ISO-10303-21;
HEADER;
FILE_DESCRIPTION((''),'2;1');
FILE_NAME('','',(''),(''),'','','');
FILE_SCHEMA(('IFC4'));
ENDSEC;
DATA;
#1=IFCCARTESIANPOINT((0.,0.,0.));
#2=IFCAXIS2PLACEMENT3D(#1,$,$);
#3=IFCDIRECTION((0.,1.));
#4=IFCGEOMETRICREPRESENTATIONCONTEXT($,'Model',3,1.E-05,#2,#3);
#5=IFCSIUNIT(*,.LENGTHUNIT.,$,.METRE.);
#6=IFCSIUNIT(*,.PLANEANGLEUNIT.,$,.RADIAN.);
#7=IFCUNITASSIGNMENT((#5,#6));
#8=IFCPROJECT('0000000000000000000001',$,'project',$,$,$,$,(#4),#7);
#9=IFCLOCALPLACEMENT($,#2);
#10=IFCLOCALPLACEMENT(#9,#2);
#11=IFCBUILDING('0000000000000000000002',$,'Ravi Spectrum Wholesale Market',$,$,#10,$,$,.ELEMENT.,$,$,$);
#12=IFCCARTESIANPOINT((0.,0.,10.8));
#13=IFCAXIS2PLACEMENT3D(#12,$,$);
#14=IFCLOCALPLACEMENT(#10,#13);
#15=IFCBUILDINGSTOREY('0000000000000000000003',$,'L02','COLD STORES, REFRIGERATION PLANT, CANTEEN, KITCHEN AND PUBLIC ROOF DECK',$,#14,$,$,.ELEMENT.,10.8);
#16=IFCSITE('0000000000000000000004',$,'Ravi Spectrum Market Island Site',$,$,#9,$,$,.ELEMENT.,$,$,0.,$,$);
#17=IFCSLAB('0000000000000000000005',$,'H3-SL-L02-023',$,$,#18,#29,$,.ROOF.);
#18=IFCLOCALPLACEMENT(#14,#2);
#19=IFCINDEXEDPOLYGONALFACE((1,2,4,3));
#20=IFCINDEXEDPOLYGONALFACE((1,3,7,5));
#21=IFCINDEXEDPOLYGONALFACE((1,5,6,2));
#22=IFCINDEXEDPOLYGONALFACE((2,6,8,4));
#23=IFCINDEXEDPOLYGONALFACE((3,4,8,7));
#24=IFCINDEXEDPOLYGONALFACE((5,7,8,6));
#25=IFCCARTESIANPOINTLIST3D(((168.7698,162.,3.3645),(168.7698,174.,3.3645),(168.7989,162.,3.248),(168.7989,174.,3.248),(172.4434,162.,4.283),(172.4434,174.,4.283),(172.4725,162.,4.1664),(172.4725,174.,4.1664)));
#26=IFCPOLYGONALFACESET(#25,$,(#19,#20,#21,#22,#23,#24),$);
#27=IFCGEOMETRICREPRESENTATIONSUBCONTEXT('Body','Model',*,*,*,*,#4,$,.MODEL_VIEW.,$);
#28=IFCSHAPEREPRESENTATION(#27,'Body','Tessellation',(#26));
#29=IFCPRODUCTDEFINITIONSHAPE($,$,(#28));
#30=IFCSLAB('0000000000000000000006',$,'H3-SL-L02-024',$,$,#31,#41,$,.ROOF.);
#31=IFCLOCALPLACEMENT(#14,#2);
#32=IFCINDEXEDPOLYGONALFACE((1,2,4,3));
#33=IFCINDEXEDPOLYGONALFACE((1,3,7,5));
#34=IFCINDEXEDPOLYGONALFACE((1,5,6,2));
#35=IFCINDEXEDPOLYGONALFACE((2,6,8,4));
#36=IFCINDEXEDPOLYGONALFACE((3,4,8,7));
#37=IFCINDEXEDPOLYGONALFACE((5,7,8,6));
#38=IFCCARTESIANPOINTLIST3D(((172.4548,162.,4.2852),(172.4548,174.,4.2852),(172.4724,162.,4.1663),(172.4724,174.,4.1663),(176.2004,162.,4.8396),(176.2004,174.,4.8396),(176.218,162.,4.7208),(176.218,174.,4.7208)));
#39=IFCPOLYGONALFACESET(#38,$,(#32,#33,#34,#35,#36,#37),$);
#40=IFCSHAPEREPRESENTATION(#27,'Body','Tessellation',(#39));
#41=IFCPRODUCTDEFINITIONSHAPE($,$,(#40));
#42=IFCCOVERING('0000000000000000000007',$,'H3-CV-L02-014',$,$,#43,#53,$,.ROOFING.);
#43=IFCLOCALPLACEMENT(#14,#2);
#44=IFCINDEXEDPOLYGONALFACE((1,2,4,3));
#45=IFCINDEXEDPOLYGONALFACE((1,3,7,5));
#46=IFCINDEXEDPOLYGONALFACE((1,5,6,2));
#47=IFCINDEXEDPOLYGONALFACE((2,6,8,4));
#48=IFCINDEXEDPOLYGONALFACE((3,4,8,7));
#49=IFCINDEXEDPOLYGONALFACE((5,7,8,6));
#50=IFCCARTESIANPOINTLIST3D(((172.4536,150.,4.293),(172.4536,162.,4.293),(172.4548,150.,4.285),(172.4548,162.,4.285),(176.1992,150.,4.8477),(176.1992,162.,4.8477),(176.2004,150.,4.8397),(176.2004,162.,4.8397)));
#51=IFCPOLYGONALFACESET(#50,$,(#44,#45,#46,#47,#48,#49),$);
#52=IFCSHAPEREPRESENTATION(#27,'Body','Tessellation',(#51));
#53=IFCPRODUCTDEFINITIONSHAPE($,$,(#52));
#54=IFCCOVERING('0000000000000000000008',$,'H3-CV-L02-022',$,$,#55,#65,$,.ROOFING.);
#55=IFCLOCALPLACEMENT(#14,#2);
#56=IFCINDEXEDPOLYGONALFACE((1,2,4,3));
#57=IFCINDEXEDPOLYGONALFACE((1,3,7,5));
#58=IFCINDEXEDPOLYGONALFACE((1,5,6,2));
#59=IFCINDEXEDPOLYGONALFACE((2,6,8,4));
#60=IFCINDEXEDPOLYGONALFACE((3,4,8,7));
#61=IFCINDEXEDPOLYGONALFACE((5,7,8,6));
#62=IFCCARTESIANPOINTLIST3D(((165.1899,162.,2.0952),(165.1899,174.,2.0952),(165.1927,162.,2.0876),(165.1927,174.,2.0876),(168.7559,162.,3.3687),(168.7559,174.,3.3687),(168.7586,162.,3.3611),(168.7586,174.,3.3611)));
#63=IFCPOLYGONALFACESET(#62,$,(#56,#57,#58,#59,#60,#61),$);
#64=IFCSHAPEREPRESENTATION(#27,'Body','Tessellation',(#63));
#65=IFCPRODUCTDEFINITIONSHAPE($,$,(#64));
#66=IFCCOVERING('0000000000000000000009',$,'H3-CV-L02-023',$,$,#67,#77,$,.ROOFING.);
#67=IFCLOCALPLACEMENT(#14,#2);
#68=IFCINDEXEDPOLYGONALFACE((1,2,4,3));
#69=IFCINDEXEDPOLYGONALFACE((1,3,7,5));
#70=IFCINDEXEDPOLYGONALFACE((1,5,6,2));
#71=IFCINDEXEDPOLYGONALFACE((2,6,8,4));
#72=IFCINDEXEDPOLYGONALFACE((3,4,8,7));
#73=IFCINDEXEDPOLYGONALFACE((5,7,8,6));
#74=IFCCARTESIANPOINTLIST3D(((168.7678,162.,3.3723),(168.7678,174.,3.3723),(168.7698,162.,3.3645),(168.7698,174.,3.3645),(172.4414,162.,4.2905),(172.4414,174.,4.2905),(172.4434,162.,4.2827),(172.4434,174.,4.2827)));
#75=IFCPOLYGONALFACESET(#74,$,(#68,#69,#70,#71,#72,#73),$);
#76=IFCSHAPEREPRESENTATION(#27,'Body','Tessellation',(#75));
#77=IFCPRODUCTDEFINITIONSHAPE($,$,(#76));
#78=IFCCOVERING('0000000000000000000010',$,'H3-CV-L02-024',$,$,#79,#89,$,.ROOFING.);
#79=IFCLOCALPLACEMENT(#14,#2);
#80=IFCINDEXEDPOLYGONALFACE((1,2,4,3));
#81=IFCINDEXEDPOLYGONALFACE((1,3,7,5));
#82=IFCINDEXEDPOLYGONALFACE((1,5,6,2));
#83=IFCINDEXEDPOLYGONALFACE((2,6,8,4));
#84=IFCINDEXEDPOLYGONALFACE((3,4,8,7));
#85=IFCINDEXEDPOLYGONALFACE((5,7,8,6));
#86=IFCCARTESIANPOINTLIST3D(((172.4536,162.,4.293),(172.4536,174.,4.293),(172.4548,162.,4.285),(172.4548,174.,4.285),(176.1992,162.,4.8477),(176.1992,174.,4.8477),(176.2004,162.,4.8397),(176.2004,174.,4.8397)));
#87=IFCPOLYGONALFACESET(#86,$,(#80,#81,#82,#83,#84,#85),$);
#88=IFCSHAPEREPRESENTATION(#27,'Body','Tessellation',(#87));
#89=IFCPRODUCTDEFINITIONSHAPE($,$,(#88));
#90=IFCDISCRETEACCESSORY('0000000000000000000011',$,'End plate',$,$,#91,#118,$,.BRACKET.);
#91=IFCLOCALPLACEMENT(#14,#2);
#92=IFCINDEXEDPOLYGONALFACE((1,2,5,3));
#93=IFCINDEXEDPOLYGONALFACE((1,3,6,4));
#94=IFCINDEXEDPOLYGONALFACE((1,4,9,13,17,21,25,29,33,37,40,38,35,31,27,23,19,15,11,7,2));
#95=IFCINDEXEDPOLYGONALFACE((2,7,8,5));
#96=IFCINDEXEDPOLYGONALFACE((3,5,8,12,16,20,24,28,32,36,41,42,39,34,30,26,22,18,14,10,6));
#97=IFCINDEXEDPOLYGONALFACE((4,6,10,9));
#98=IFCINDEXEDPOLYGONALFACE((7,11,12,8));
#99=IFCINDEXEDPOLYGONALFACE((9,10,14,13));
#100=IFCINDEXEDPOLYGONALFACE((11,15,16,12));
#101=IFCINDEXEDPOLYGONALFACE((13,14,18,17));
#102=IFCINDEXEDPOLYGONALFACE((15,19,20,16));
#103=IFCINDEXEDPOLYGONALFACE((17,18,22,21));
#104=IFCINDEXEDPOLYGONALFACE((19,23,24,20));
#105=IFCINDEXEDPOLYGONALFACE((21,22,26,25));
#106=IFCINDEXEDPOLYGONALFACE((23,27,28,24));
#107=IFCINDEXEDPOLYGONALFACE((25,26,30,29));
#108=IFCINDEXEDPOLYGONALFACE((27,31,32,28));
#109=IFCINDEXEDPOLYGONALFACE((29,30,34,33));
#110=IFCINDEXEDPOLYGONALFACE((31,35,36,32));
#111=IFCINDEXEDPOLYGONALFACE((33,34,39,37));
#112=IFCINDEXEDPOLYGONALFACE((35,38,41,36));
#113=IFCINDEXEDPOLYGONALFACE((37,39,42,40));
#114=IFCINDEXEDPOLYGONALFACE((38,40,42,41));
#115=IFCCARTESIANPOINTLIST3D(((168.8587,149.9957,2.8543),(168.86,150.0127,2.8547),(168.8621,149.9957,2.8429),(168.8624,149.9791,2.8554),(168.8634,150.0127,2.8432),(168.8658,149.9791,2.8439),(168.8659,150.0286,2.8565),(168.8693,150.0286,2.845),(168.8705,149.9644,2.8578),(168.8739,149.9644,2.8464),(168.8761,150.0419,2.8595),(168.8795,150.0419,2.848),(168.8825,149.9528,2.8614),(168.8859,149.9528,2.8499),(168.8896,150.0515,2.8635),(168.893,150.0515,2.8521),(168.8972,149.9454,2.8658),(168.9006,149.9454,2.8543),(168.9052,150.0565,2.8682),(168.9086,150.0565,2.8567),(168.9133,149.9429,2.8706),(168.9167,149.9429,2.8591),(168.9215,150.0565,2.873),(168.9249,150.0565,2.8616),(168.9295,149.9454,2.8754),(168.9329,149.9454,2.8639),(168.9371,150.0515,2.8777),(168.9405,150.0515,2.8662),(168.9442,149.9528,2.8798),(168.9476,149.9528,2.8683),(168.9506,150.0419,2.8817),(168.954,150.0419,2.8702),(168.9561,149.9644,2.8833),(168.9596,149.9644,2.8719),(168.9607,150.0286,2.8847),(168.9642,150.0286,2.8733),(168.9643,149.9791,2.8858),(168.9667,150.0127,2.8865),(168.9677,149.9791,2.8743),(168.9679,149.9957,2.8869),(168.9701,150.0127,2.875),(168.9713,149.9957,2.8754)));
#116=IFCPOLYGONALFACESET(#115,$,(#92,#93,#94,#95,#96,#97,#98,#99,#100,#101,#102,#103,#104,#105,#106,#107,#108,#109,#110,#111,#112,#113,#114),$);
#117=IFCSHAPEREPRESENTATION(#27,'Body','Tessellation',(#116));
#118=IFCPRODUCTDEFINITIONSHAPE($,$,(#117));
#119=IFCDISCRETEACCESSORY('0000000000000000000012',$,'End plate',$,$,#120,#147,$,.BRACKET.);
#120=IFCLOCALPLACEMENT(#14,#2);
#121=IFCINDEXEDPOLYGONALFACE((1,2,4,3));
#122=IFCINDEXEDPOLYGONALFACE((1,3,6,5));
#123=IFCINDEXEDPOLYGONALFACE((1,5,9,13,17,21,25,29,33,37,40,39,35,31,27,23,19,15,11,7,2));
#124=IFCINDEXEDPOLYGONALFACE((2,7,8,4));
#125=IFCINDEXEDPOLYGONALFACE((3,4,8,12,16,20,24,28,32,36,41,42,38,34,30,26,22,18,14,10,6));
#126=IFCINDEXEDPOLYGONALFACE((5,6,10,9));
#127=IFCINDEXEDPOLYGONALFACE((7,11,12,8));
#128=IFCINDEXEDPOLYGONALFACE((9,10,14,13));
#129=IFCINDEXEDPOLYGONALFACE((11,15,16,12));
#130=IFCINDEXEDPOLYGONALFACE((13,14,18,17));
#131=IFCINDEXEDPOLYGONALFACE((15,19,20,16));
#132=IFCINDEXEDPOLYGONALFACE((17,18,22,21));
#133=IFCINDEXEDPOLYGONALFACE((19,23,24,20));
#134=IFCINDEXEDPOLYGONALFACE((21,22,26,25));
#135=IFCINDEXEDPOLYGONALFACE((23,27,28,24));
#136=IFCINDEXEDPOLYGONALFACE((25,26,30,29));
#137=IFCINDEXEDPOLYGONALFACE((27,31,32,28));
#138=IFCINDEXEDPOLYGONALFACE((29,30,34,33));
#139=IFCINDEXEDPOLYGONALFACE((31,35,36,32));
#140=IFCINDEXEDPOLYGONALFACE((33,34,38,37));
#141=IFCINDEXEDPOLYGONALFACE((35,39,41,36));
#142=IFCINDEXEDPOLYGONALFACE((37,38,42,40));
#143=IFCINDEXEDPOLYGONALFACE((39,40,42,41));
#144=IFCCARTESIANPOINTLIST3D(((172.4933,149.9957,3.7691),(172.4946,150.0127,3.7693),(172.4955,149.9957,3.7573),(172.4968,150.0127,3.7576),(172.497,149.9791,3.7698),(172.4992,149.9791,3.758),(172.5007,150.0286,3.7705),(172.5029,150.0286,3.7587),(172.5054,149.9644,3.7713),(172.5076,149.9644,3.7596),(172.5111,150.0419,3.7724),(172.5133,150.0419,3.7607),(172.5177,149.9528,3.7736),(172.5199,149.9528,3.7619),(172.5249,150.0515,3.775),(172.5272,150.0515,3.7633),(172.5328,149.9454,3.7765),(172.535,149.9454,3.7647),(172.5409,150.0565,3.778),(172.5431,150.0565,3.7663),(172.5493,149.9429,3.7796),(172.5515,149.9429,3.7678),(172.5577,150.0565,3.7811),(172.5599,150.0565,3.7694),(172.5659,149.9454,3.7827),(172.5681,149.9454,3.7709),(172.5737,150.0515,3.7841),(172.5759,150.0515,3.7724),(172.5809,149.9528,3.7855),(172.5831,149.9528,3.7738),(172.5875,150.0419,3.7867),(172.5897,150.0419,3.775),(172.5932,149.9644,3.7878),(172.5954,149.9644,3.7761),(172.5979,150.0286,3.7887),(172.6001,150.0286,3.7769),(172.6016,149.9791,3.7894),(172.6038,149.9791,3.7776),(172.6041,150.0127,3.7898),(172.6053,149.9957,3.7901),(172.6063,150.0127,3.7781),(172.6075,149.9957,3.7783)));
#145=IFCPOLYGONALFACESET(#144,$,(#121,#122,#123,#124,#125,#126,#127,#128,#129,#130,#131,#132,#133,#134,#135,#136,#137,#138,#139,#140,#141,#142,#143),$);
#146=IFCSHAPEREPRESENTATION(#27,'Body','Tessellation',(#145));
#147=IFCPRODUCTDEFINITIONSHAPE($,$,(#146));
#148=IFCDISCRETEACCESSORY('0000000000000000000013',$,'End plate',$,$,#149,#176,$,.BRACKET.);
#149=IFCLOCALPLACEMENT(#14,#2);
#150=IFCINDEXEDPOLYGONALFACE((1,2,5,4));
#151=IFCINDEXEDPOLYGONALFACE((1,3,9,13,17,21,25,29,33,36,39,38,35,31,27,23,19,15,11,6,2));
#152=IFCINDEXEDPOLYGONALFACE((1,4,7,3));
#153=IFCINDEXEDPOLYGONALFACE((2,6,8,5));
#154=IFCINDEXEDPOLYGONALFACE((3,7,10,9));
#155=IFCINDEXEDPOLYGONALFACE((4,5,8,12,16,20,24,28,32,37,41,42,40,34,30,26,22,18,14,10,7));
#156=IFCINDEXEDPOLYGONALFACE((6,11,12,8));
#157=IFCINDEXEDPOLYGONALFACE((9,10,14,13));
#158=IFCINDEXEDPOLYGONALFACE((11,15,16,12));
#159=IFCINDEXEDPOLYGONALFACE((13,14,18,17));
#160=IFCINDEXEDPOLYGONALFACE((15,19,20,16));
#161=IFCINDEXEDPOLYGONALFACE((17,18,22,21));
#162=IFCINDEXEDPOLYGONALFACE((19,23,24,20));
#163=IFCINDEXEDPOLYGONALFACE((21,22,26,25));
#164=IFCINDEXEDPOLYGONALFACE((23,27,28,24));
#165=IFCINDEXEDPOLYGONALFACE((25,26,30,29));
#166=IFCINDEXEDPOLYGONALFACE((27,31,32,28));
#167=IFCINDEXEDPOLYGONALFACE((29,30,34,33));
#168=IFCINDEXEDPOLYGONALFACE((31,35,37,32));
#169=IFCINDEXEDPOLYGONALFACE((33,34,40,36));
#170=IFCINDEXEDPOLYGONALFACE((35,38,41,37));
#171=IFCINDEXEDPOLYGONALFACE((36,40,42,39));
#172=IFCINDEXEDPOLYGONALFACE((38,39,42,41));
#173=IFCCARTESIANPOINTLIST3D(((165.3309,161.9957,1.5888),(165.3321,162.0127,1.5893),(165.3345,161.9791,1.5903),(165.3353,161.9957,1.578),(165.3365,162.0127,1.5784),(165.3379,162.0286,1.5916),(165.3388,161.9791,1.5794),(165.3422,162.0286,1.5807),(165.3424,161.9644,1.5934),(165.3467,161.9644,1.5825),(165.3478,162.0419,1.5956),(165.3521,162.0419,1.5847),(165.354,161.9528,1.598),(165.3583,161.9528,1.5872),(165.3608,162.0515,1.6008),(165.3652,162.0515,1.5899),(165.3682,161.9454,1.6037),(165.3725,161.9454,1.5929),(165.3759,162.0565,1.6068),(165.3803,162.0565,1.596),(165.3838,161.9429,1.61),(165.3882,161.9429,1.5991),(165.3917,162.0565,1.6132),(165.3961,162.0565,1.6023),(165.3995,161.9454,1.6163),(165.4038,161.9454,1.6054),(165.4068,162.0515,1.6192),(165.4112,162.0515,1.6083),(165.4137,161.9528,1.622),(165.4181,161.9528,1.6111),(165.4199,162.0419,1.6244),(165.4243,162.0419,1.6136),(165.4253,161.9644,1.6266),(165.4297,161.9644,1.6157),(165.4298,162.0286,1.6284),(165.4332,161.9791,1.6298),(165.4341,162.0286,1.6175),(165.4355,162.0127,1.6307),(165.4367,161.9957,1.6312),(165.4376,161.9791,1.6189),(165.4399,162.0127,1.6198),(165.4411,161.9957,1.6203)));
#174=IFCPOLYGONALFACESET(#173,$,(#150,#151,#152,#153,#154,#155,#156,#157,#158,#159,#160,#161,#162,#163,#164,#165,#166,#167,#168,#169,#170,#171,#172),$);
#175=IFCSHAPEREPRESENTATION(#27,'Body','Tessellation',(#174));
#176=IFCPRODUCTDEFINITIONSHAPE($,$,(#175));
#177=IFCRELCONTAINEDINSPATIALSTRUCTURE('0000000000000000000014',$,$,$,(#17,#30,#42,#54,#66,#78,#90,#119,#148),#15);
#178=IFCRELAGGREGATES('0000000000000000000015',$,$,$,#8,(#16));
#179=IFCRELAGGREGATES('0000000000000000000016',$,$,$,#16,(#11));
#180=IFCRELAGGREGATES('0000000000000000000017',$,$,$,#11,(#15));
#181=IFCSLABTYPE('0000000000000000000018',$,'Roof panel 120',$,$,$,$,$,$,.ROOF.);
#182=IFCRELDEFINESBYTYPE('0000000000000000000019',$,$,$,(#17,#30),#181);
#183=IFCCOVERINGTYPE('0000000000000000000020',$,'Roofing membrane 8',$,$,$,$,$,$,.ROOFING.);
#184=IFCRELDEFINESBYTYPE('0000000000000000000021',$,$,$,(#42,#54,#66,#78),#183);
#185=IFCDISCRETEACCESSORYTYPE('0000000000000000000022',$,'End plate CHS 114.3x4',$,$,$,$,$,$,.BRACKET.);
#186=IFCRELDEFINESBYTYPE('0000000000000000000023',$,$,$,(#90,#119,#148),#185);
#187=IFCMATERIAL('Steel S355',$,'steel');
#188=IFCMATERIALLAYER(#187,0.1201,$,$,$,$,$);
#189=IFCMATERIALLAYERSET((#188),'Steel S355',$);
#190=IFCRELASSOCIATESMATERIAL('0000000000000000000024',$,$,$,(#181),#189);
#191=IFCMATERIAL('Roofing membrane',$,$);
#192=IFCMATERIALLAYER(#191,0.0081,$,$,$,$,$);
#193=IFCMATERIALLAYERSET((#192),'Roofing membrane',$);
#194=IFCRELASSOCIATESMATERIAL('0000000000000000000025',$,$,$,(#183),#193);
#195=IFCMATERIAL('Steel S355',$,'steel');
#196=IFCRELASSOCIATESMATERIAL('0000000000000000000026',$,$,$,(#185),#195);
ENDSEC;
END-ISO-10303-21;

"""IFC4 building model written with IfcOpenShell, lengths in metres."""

from ifc_helpers import new_model, si_unit, direction, frame, origin, origin_2d, place, context, subcontext, project, spatial, polyline, circle, outline, extrude, material, layer, layer_set, material_profile, profile_set, type_object, element, save


model = new_model("IFC4")

# Units and contexts
model_context = context("Model", 3, precision=1e-05, world=origin(), true_north=direction((0.0, 1.0)))
body_context = subcontext(model_context, "Body", "Model", "MODEL_VIEW")
ifc_project = project(units=[si_unit("LENGTHUNIT", "METRE"), si_unit("PLANEANGLEUNIT", "RADIAN")], contexts=[model_context])

# Site, building, storey
site_placement = place(None, origin())
site = spatial("IfcSite", under=ifc_project, at=site_placement, Name="Ravi Spectrum Market Island Site", CompositionType="ELEMENT", RefElevation=0.0)
building_placement = place(site_placement, origin())
building = spatial("IfcBuilding", under=site, at=building_placement, Name="Ravi Spectrum Wholesale Market", CompositionType="ELEMENT")
storey_placement = place(building_placement, frame((0.0, 0.0, 10.8)))
storey = spatial("IfcBuildingStorey", under=building, at=storey_placement, Name="L02", Description="COLD STORES, REFRIGERATION PLANT, CANTEEN, KITCHEN AND PUBLIC ROOF DECK", CompositionType="ELEMENT", Elevation=10.8)

# Slabs
ifc_material_1 = material(Name="Steel S355", Category="steel")
ifc_layer_1 = layer(ifc_material_1, 0.1201)
ifc_layer_set_1 = layer_set([ifc_layer_1], Name="Steel S355")
slab_type = type_object("IfcSlabType", Name="Roof panel 120", PredefinedType="ROOF", material=ifc_layer_set_1)
slab_1_placement = place(storey_placement, frame((168.7698, 162.0, 3.3645), z_axis=(-0.242551, 0.0, 0.970139), x_axis=(0.970139, 0.0, 0.242551)))
element("IfcSlab", 1, at=slab_1_placement, inside=storey, type_object=slab_type, Name="H3-SL-L02-023", PredefinedType="ROOF", context=body_context, shape_type="SweptSolid", body=[
    extrude(outline(polyline([(0.0, 0.0), (3.7867, 0.0), (3.7867, 12.0), (0.0, 12.0), (0.0, 0.0)])), origin(), (0.0, 0.0, -1.0), 0.1201),
])
slab_2_placement = place(storey_placement, frame((172.4548, 162.0, 4.2852), z_axis=(-0.146429, 0.0, 0.989221), x_axis=(0.989221, 0.0, 0.146429)))
element("IfcSlab", 2, at=slab_2_placement, inside=storey, type_object=slab_type, Name="H3-SL-L02-024", PredefinedType="ROOF", context=body_context, shape_type="SweptSolid", body=[
    extrude(outline(polyline([(0.0, 0.0), (3.7864, 0.0), (3.7864, 12.0), (0.0, 12.0), (0.0, 0.0)])), origin(), (0.0, 0.0, -1.0), 0.1201),
])

# Coverings
ifc_material_2 = material(Name="Roofing membrane")
ifc_layer_2 = layer(ifc_material_2, 0.0081)
ifc_layer_set_2 = layer_set([ifc_layer_2], Name="Roofing membrane")
covering_type = type_object("IfcCoveringType", Name="Roofing membrane 8", PredefinedType="ROOFING", material=ifc_layer_set_2)
covering_1_placement = place(storey_placement, frame((172.4536, 150.0, 4.293), z_axis=(-0.146493, 0.0, 0.989212), x_axis=(0.989212, 0.0, 0.146493)))
element("IfcCovering", 3, at=covering_1_placement, inside=storey, type_object=covering_type, Name="H3-CV-L02-014", PredefinedType="ROOFING", context=body_context, shape_type="SweptSolid", body=[
    extrude(outline(polyline([(0.0, 0.0), (3.7865, 0.0), (3.7865, 12.0), (0.0, 12.0), (0.0, 0.0)])), origin(), (0.0, 0.0, -1.0), 0.0081),
])
covering_2_placement = place(storey_placement, frame((165.1899, 162.0, 2.0952), z_axis=(-0.336312, 0.0, 0.941751), x_axis=(0.941751, 0.0, 0.336312)))
element("IfcCovering", 4, at=covering_2_placement, inside=storey, type_object=covering_type, Name="H3-CV-L02-022", PredefinedType="ROOFING", context=body_context, shape_type="SweptSolid", body=[
    extrude(outline(polyline([(0.0, 0.0), (3.7865, 0.0), (3.7865, 12.0), (0.0, 12.0), (0.0, 0.0)])), origin(), (0.0, 0.0, -1.0), 0.0081),
])
covering_3_placement = place(storey_placement, frame((168.7678, 162.0, 3.3723), z_axis=(-0.24249, 0.0, 0.970154), x_axis=(0.970154, 0.0, 0.24249)))
element("IfcCovering", 5, at=covering_3_placement, inside=storey, type_object=covering_type, Name="H3-CV-L02-023", PredefinedType="ROOFING", context=body_context, shape_type="SweptSolid", body=[
    extrude(outline(polyline([(0.0, 0.0), (3.7866, 0.0), (3.7866, 12.0), (0.0, 12.0), (0.0, 0.0)])), origin(), (0.0, 0.0, -1.0), 0.0081),
])
covering_4_placement = place(storey_placement, frame((172.4536, 162.0, 4.293), z_axis=(-0.146493, 0.0, 0.989212), x_axis=(0.989212, 0.0, 0.146493)))
element("IfcCovering", 6, at=covering_4_placement, inside=storey, type_object=covering_type, Name="H3-CV-L02-024", PredefinedType="ROOFING", context=body_context, shape_type="SweptSolid", body=[
    extrude(outline(polyline([(0.0, 0.0), (3.7865, 0.0), (3.7865, 12.0), (0.0, 12.0), (0.0, 0.0)])), origin(), (0.0, 0.0, -1.0), 0.0081),
])

# Discrete accessories
ifc_material_3 = material(Name="Steel S355", Category="steel")
ifc_material_profile_1 = material_profile(ifc_material_3, circle(Radius=0.0571, at=origin_2d()))
ifc_profile_set_1 = profile_set([ifc_material_profile_1], Name="Steel S355")
discrete_accessory_type_1 = type_object("IfcDiscreteAccessoryType", Name="End plate CHS 114.3x4", PredefinedType="BRACKET", material=ifc_profile_set_1)
for number, where, z_axis, x_axis, name in (
    (7, (168.9167, 150.0, 2.8591), (-0.285477, 0.0, 0.958386), (0.0, -1.0, 0.0), "End plate"),
    (8, (172.5515, 150.0, 3.7678), (-0.184289, 0.0, 0.982872), (0.0, -1.0, 0.0), "End plate"),
):
    element("IfcDiscreteAccessory", number, at=place(storey_placement, frame(where, z_axis=z_axis, x_axis=x_axis)), inside=storey, type_object=discrete_accessory_type_1, Name=name, PredefinedType="BRACKET", context=body_context, shape_type="SweptSolid", body=[
        extrude(circle(Radius=0.0571, at=origin_2d()), origin(), (0.0, 0.0, 1.0), 0.012),
    ])
discrete_accessory_1_placement = place(storey_placement, frame((165.3882, 162.0, 1.5991), z_axis=(-0.371391, 0.0, 0.928477), x_axis=(0.0, -1.0, 0.0)))
element("IfcDiscreteAccessory", 9, at=discrete_accessory_1_placement, inside=storey, type_object=discrete_accessory_type_1, Name="End plate", PredefinedType="BRACKET", context=body_context, shape_type="SweptSolid", body=[
    extrude(circle(Radius=0.0571, at=origin_2d()), origin(), (0.0, 0.0, 1.0), 0.0117),
])

save(model, "model.ifc")
